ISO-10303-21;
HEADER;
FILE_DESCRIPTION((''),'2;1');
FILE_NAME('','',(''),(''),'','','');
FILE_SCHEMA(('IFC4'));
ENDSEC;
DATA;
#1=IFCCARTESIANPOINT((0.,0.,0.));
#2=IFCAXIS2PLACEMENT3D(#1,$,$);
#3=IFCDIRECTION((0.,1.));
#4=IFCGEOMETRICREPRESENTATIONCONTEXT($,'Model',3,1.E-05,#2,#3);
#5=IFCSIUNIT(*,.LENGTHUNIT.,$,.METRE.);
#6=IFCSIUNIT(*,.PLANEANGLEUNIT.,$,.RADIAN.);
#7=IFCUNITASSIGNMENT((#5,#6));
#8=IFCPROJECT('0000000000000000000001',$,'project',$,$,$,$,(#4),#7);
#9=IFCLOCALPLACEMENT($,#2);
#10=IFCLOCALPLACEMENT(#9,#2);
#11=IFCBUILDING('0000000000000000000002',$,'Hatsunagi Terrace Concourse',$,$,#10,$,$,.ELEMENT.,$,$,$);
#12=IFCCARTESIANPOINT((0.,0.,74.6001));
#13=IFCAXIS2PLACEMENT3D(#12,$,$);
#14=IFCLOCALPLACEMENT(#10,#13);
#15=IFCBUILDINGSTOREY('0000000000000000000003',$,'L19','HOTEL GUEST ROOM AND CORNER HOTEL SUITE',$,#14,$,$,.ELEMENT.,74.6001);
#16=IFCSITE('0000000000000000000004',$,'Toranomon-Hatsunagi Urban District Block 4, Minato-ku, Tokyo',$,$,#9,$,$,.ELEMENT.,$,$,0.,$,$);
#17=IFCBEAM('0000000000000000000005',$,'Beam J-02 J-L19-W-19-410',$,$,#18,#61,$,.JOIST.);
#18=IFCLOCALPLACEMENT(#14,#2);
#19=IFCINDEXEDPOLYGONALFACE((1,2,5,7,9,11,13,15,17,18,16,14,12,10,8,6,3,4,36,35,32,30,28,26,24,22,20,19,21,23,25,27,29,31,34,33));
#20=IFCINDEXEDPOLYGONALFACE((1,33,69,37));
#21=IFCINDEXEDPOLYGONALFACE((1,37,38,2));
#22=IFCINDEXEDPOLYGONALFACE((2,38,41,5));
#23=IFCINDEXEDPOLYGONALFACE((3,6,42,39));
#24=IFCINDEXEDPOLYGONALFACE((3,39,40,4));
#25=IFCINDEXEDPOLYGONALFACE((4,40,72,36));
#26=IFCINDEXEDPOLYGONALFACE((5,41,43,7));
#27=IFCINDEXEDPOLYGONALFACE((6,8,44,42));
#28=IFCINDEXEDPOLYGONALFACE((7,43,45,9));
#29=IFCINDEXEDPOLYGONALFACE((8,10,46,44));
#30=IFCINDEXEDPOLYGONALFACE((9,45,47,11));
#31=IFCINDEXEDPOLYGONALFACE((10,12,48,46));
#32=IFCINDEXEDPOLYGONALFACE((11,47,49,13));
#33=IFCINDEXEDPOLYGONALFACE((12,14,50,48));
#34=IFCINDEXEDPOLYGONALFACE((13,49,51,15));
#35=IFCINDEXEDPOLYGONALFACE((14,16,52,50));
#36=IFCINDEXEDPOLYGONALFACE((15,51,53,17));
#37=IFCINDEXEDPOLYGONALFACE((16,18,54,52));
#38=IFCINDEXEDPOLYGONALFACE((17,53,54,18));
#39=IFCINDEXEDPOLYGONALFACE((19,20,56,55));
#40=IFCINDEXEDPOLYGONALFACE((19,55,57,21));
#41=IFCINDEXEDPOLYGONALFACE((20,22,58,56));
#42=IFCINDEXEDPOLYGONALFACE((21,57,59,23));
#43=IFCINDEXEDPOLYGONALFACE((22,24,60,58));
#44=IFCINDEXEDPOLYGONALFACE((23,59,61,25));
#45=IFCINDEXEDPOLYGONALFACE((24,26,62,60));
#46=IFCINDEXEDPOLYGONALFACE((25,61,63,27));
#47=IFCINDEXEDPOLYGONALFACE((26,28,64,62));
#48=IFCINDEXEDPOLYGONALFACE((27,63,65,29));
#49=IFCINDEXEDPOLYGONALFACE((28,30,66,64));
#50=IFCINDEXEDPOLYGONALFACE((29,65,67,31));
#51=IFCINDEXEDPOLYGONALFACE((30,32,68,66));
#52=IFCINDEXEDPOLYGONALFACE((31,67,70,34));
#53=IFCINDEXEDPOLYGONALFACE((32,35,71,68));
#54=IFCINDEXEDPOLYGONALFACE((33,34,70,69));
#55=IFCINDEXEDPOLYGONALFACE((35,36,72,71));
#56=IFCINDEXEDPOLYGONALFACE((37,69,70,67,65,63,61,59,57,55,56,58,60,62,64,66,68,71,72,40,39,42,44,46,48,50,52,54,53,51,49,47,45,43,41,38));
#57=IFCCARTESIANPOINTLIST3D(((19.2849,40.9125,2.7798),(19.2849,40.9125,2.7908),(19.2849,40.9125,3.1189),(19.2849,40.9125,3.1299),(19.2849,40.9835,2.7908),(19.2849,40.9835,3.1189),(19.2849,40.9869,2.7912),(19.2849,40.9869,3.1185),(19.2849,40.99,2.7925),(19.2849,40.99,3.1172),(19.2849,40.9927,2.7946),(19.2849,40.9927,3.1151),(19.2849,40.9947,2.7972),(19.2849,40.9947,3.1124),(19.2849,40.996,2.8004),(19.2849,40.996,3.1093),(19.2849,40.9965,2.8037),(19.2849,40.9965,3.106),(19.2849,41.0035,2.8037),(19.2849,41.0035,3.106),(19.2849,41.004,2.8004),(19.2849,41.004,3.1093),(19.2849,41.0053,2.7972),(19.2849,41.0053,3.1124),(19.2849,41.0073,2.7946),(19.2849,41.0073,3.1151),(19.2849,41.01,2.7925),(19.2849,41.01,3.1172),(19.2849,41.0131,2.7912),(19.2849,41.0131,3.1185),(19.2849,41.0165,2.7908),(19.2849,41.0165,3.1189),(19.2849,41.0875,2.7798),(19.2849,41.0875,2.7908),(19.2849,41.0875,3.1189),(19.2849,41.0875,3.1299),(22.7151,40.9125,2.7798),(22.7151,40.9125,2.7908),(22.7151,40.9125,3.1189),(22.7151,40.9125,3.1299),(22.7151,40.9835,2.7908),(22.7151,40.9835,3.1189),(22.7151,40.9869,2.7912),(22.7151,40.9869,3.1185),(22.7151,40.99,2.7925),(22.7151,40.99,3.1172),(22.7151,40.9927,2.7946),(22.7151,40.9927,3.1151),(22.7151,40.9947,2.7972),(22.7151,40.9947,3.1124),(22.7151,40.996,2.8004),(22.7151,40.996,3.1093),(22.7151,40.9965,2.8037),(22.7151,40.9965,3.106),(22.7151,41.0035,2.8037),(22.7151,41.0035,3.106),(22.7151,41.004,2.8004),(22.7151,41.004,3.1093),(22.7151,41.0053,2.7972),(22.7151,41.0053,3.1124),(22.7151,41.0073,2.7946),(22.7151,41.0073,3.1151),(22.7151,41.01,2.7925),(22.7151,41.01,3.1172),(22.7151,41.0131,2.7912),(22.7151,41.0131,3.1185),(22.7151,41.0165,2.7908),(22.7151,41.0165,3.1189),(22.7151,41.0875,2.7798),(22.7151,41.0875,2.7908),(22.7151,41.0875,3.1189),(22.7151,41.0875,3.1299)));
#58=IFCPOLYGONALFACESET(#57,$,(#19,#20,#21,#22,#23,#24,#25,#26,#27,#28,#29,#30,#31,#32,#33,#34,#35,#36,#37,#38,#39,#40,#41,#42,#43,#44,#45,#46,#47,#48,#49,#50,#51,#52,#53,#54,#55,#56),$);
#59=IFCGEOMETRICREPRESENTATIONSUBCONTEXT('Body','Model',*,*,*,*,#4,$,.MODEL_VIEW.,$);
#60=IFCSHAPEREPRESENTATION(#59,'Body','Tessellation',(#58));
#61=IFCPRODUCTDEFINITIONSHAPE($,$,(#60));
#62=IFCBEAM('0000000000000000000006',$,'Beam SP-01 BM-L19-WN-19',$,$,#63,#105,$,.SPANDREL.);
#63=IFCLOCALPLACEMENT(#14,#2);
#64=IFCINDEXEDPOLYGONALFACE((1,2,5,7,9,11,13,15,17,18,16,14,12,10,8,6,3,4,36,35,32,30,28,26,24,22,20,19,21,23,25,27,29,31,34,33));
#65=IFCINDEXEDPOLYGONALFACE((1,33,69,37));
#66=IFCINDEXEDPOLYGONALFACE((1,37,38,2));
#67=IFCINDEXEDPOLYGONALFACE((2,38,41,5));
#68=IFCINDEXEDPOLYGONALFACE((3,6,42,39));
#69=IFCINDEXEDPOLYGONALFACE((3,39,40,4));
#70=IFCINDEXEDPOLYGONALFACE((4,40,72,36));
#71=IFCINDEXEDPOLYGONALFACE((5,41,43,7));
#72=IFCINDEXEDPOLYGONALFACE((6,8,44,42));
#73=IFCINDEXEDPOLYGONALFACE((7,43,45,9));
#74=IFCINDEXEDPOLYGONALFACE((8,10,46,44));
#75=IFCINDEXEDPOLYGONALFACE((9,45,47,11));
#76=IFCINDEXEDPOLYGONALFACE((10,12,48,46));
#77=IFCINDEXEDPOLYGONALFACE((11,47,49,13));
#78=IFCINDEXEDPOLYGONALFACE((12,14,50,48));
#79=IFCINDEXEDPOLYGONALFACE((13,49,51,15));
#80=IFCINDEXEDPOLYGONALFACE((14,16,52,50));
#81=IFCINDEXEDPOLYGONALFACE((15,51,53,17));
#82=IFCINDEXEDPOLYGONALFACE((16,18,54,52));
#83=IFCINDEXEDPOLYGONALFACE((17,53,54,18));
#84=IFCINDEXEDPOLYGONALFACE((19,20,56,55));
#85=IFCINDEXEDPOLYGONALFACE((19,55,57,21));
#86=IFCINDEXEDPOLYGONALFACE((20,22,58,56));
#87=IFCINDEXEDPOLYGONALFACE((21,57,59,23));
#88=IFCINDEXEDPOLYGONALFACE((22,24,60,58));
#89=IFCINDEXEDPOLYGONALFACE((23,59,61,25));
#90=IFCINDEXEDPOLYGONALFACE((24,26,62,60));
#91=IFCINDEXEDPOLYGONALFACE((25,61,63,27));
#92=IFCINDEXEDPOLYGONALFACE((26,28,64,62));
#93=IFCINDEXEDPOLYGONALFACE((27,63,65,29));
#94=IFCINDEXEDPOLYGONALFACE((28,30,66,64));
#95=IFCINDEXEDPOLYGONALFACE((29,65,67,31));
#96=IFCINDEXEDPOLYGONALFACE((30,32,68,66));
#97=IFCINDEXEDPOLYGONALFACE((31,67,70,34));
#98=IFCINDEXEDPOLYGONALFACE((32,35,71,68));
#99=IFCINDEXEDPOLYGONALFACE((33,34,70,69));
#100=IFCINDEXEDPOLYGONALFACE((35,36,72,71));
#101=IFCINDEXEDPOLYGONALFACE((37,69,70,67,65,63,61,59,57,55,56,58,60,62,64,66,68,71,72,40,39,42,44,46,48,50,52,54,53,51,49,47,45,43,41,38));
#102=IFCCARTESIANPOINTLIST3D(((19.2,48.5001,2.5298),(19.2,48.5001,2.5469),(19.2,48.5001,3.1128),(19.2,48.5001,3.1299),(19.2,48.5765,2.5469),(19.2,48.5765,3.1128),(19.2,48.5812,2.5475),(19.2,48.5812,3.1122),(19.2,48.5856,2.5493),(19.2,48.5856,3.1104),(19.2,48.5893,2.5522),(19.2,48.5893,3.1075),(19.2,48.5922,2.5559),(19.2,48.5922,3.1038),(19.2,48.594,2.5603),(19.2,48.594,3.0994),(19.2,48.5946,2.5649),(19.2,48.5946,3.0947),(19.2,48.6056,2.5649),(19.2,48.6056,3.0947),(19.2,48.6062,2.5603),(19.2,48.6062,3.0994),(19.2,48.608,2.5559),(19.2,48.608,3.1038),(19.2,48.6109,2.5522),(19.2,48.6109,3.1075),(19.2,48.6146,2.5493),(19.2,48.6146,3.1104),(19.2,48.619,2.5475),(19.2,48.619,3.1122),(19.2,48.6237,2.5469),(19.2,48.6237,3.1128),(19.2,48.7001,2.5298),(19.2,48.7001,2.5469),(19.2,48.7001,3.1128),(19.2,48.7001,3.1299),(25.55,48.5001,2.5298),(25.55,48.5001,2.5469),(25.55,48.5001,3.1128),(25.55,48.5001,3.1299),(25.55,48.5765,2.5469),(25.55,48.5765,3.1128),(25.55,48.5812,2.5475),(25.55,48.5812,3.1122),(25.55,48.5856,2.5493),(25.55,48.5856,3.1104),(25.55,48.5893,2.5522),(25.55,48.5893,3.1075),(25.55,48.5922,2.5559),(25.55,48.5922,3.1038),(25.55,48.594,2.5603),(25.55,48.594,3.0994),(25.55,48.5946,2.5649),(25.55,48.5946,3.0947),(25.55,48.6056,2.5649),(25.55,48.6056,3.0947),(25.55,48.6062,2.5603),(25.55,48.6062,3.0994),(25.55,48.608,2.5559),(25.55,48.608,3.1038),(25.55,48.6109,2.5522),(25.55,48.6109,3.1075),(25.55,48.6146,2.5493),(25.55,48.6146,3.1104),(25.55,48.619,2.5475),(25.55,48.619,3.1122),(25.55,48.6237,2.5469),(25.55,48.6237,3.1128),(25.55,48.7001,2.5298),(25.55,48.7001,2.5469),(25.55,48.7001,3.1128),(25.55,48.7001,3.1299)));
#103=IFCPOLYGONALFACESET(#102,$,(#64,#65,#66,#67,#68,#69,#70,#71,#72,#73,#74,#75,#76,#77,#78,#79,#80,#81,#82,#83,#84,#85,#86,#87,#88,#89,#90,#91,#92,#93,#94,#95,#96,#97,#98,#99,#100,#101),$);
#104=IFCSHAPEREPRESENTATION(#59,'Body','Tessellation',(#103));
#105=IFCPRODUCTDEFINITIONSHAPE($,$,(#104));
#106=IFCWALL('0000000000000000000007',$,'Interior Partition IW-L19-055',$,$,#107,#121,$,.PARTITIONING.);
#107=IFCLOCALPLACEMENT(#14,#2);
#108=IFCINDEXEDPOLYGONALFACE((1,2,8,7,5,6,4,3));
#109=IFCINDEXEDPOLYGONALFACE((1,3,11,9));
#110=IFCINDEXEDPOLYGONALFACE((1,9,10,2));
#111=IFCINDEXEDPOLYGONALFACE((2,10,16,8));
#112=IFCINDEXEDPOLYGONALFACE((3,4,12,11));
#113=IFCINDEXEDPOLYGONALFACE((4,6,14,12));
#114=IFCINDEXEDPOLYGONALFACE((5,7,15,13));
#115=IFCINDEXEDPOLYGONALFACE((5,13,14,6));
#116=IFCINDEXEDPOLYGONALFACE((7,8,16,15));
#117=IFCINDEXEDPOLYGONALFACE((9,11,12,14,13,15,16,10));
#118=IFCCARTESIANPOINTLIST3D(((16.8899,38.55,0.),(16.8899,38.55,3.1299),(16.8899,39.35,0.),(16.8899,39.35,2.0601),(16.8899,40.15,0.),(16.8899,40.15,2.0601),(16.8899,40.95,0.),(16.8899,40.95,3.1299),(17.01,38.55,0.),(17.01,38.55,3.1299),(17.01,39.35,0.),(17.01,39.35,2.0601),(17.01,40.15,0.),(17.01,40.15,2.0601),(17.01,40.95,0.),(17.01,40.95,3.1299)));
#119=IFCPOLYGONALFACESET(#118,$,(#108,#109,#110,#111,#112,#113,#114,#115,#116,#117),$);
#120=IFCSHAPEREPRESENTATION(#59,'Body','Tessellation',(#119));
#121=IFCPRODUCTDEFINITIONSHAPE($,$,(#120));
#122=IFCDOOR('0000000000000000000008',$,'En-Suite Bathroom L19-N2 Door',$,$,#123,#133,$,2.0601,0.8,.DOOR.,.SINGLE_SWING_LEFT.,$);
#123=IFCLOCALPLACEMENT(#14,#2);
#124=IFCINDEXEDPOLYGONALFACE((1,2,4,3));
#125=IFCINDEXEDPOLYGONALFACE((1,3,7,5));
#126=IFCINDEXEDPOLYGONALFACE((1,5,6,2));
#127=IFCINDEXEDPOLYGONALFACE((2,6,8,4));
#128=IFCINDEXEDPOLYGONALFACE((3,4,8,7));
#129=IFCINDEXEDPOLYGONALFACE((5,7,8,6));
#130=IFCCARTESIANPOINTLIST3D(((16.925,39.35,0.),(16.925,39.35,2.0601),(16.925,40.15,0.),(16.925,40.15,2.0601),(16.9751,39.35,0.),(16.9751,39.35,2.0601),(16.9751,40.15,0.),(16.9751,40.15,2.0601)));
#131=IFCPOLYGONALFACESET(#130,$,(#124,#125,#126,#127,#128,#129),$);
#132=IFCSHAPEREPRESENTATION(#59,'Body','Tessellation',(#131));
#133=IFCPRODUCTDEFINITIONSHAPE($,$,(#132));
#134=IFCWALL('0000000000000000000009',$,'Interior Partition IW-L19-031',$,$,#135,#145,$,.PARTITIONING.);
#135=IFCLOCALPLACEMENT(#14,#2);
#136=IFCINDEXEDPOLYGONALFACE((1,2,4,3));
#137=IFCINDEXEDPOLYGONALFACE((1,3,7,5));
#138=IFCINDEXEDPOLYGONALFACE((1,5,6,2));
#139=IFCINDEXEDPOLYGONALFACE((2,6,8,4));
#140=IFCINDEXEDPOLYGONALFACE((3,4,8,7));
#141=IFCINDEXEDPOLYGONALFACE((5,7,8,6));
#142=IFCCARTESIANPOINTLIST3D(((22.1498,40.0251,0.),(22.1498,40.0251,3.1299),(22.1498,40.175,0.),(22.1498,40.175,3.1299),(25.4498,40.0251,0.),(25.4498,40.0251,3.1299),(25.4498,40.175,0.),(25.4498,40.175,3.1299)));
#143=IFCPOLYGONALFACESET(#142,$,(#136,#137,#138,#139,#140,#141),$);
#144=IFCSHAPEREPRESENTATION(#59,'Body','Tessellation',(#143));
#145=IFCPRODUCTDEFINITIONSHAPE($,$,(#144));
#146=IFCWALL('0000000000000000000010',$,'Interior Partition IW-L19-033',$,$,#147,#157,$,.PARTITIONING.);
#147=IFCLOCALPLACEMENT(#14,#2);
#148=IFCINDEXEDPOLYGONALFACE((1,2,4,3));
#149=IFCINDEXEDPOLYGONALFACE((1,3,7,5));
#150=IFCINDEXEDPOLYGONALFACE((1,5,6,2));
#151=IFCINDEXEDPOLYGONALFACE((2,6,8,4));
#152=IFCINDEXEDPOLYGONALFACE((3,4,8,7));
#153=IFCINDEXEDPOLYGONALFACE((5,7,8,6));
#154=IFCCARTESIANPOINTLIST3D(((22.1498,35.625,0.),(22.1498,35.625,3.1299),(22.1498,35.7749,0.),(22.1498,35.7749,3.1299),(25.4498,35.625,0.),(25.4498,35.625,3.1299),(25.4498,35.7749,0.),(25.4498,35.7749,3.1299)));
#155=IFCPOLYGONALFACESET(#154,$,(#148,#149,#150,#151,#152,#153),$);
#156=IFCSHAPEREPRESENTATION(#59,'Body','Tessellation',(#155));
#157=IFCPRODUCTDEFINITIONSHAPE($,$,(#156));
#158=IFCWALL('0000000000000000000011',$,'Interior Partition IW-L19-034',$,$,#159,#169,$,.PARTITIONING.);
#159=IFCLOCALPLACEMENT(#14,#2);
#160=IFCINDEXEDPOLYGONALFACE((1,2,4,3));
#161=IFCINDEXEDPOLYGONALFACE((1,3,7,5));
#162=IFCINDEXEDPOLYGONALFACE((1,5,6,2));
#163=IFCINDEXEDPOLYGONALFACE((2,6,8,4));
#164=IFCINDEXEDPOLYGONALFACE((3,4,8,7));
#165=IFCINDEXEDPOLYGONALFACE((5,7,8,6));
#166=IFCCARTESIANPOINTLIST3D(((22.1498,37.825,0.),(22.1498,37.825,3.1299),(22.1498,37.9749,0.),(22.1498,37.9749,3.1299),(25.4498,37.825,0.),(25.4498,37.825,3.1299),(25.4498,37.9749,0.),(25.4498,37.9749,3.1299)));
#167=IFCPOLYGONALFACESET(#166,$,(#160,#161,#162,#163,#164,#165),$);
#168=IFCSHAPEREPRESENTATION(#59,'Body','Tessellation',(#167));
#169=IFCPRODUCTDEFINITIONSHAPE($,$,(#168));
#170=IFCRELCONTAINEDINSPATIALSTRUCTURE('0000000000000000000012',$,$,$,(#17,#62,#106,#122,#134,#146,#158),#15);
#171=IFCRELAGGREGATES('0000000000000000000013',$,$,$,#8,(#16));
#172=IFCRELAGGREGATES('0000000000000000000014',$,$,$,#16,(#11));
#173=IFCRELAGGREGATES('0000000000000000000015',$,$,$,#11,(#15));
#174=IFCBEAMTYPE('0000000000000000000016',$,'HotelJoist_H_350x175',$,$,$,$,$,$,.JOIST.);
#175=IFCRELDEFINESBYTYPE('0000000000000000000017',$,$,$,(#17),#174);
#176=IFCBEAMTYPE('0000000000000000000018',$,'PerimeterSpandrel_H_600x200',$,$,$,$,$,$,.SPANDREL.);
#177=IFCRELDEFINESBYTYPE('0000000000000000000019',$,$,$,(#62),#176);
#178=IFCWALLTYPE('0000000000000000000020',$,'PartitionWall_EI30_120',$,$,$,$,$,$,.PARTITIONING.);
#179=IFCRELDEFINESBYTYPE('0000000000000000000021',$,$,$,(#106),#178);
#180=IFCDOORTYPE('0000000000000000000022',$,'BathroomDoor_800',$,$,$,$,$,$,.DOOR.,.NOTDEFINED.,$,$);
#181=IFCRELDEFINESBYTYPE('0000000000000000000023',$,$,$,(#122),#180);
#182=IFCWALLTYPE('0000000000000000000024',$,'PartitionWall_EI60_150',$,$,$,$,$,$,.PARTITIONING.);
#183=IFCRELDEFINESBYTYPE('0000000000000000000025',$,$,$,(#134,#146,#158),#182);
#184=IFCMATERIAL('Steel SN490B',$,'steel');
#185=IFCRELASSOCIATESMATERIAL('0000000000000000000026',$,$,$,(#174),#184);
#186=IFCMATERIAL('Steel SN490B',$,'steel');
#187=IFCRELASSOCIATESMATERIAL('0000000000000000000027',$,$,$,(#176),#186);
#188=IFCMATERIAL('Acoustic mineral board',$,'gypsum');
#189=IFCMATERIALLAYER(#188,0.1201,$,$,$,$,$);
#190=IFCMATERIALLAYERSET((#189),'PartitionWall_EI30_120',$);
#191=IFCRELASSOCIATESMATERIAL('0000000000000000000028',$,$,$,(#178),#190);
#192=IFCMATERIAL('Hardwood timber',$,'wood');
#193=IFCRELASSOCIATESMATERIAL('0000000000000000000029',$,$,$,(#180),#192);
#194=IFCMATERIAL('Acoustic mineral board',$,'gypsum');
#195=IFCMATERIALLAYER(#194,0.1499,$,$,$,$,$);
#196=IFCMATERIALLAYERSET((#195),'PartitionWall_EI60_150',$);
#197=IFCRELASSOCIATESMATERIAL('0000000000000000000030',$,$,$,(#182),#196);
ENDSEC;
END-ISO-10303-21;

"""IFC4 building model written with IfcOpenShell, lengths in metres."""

from ifc_helpers import new_model, si_unit, direction, frame, frame_2d, origin, origin_2d, place, context, subcontext, project, spatial, rectangle, i_section, extrude, material, layer, layer_set, material_profile, profile_set, type_object, element, fill, save


model = new_model("IFC4")

# Units and contexts
model_context = context("Model", 3, precision=1e-05, world=origin(), true_north=direction((0.0, 1.0)))
body_context = subcontext(model_context, "Body", "Model", "MODEL_VIEW")
ifc_project = project(units=[si_unit("LENGTHUNIT", "METRE"), si_unit("PLANEANGLEUNIT", "RADIAN")], contexts=[model_context])

# Site, building, storey
site_placement = place(None, origin())
site = spatial("IfcSite", under=ifc_project, at=site_placement, Name="Toranomon-Hatsunagi Urban District Block 4, Minato-ku, Tokyo", CompositionType="ELEMENT", RefElevation=0.0)
building_placement = place(site_placement, origin())
building = spatial("IfcBuilding", under=site, at=building_placement, Name="Hatsunagi Terrace Concourse", CompositionType="ELEMENT")
storey_placement = place(building_placement, frame((0.0, 0.0, 74.6001)))
storey = spatial("IfcBuildingStorey", under=building, at=storey_placement, Name="L19", Description="HOTEL GUEST ROOM AND CORNER HOTEL SUITE", CompositionType="ELEMENT", Elevation=74.6001)

# Beams
ifc_material_1 = material(Name="Steel SN490B", Category="steel")
ifc_material_profile_1 = material_profile(ifc_material_1, i_section(OverallWidth=0.175, OverallDepth=0.3501, WebThickness=0.0071, FlangeThickness=0.011, FilletRadius=0.0129, at=origin_2d()), Name="H-350x175x7x11")
ifc_profile_set_1 = profile_set([ifc_material_profile_1], Name="Steel SN490B")
beam_type_1 = type_object("IfcBeamType", Name="HotelJoist_H_350x175", PredefinedType="JOIST", material=ifc_profile_set_1)
for number, where, z_axis, x_axis, name in (
    (1, (19.2849, 41.0, 2.9548), (1.0, 0.0, 0.0), (0.0, 1.0, 0.0), "Beam J-02 J-L19-W-19-410"),
):
    element("IfcBeam", number, at=place(storey_placement, frame(where, z_axis=z_axis, x_axis=x_axis)), inside=storey, type_object=beam_type_1, Name=name, PredefinedType="JOIST", context=body_context, shape_type="SweptSolid", body=[
        extrude(i_section(OverallWidth=0.175, OverallDepth=0.3501, WebThickness=0.0071, FlangeThickness=0.011, FilletRadius=0.0129, at=origin_2d()), origin(), (0.0, 0.0, 1.0), 3.4302),
    ])
ifc_material_2 = material(Name="Steel SN490B", Category="steel")
ifc_material_profile_2 = material_profile(ifc_material_2, i_section(OverallWidth=0.2, OverallDepth=0.6001, WebThickness=0.011, FlangeThickness=0.0171, FilletRadius=0.0181, at=origin_2d()), Name="H-600x200x11x17")
ifc_profile_set_2 = profile_set([ifc_material_profile_2], Name="Steel SN490B")
beam_type_2 = type_object("IfcBeamType", Name="PerimeterSpandrel_H_600x200", PredefinedType="SPANDREL", material=ifc_profile_set_2)
beam_1_placement = place(storey_placement, frame((19.2, 48.6001, 2.8298), z_axis=(1.0, 0.0, 0.0), x_axis=(0.0, 1.0, 0.0)))
element("IfcBeam", 2, at=beam_1_placement, inside=storey, type_object=beam_type_2, Name="Beam SP-01 BM-L19-WN-19", PredefinedType="SPANDREL", context=body_context, shape_type="SweptSolid", body=[
    extrude(i_section(OverallWidth=0.2, OverallDepth=0.6001, WebThickness=0.011, FlangeThickness=0.0171, FilletRadius=0.0181, at=origin_2d()), origin(), (0.0, 0.0, 1.0), 6.3501),
])

# Wall, opening, door
ifc_material_3 = material(Name="Acoustic mineral board", Category="gypsum")
ifc_layer_1 = layer(ifc_material_3, 0.1201)
ifc_layer_set_1 = layer_set([ifc_layer_1], Name="PartitionWall_EI30_120")
wall_type_1 = type_object("IfcWallType", Name="PartitionWall_EI30_120", PredefinedType="PARTITIONING", material=ifc_layer_set_1)
wall_1_placement = place(storey_placement, frame((16.95, 38.55, 0.0), z_axis=(0.0, 0.0, 1.0), x_axis=(0.0, 1.0, 0.0)))
wall_1 = element("IfcWall", 3, at=wall_1_placement, inside=storey, type_object=wall_type_1, Name="Interior Partition IW-L19-055", PredefinedType="PARTITIONING", context=body_context, shape_type="SweptSolid", body=[
    extrude(rectangle(XDim=2.3999, YDim=0.1201, at=frame_2d((1.2, 0.0))), origin(), (0.0, 0.0, 1.0), 3.1299),
])
opening_1_placement = place(wall_1_placement, frame((0.8, 0.0, 0.0)))
opening_1 = element("IfcOpeningElement", 4, at=opening_1_placement, cuts=wall_1, PredefinedType="OPENING", context=body_context, shape_type="SweptSolid", body=[
    extrude(rectangle(XDim=0.8, YDim=2.0601, at=frame_2d((0.3999, 1.03))), frame((0.0, 0.0701, 0.0), z_axis=(0.0, -1.0, 0.0), x_axis=(1.0, 0.0, 0.0)), (0.0, 0.0, 1.0), 0.1401),
])
ifc_material_4 = material(Name="Hardwood timber", Category="wood")
door_type_1 = type_object("IfcDoorType", Name="BathroomDoor_800", OperationType="NOTDEFINED", PredefinedType="DOOR", material=ifc_material_4)
door_1_placement = place(opening_1_placement, origin())
door_1 = element("IfcDoor", 5, at=door_1_placement, inside=storey, type_object=door_type_1, Name="En-Suite Bathroom L19-N2 Door", OperationType="SINGLE_SWING_LEFT", OverallHeight=2.0601, OverallWidth=0.8, PredefinedType="DOOR", context=body_context, shape_type="SweptSolid", body=[
    extrude(rectangle(XDim=0.8, YDim=2.0601, at=frame_2d((0.3999, 1.03))), frame((0.0, 0.0249, 0.0), z_axis=(0.0, -1.0, 0.0), x_axis=(1.0, 0.0, 0.0)), (0.0, 0.0, 1.0), 0.05),
])
fill(opening_1, door_1)

# Walls
ifc_material_5 = material(Name="Acoustic mineral board", Category="gypsum")
ifc_layer_2 = layer(ifc_material_5, 0.1499)
ifc_layer_set_2 = layer_set([ifc_layer_2], Name="PartitionWall_EI60_150")
wall_type_2 = type_object("IfcWallType", Name="PartitionWall_EI60_150", PredefinedType="PARTITIONING", material=ifc_layer_set_2)
for number, where, z_axis, x_axis, name in (
    (6, (22.1499, 40.1001, 0.0), (0.0, 0.0, 1.0), (1.0, 0.0, 0.0), "Interior Partition IW-L19-031"),
    (7, (22.1499, 35.7, 0.0), (0.0, 0.0, 1.0), (1.0, 0.0, 0.0), "Interior Partition IW-L19-033"),
    (8, (22.1499, 37.8999, 0.0), (0.0, 0.0, 1.0), (1.0, 0.0, 0.0), "Interior Partition IW-L19-034"),
):
    element("IfcWall", number, at=place(storey_placement, frame(where, z_axis=z_axis, x_axis=x_axis)), inside=storey, type_object=wall_type_2, Name=name, PredefinedType="PARTITIONING", context=body_context, shape_type="SweptSolid", body=[
        extrude(rectangle(XDim=3.3, YDim=0.1499, at=frame_2d((1.6499, 0.0))), origin(), (0.0, 0.0, 1.0), 3.1299),
    ])

save(model, "model.ifc")
